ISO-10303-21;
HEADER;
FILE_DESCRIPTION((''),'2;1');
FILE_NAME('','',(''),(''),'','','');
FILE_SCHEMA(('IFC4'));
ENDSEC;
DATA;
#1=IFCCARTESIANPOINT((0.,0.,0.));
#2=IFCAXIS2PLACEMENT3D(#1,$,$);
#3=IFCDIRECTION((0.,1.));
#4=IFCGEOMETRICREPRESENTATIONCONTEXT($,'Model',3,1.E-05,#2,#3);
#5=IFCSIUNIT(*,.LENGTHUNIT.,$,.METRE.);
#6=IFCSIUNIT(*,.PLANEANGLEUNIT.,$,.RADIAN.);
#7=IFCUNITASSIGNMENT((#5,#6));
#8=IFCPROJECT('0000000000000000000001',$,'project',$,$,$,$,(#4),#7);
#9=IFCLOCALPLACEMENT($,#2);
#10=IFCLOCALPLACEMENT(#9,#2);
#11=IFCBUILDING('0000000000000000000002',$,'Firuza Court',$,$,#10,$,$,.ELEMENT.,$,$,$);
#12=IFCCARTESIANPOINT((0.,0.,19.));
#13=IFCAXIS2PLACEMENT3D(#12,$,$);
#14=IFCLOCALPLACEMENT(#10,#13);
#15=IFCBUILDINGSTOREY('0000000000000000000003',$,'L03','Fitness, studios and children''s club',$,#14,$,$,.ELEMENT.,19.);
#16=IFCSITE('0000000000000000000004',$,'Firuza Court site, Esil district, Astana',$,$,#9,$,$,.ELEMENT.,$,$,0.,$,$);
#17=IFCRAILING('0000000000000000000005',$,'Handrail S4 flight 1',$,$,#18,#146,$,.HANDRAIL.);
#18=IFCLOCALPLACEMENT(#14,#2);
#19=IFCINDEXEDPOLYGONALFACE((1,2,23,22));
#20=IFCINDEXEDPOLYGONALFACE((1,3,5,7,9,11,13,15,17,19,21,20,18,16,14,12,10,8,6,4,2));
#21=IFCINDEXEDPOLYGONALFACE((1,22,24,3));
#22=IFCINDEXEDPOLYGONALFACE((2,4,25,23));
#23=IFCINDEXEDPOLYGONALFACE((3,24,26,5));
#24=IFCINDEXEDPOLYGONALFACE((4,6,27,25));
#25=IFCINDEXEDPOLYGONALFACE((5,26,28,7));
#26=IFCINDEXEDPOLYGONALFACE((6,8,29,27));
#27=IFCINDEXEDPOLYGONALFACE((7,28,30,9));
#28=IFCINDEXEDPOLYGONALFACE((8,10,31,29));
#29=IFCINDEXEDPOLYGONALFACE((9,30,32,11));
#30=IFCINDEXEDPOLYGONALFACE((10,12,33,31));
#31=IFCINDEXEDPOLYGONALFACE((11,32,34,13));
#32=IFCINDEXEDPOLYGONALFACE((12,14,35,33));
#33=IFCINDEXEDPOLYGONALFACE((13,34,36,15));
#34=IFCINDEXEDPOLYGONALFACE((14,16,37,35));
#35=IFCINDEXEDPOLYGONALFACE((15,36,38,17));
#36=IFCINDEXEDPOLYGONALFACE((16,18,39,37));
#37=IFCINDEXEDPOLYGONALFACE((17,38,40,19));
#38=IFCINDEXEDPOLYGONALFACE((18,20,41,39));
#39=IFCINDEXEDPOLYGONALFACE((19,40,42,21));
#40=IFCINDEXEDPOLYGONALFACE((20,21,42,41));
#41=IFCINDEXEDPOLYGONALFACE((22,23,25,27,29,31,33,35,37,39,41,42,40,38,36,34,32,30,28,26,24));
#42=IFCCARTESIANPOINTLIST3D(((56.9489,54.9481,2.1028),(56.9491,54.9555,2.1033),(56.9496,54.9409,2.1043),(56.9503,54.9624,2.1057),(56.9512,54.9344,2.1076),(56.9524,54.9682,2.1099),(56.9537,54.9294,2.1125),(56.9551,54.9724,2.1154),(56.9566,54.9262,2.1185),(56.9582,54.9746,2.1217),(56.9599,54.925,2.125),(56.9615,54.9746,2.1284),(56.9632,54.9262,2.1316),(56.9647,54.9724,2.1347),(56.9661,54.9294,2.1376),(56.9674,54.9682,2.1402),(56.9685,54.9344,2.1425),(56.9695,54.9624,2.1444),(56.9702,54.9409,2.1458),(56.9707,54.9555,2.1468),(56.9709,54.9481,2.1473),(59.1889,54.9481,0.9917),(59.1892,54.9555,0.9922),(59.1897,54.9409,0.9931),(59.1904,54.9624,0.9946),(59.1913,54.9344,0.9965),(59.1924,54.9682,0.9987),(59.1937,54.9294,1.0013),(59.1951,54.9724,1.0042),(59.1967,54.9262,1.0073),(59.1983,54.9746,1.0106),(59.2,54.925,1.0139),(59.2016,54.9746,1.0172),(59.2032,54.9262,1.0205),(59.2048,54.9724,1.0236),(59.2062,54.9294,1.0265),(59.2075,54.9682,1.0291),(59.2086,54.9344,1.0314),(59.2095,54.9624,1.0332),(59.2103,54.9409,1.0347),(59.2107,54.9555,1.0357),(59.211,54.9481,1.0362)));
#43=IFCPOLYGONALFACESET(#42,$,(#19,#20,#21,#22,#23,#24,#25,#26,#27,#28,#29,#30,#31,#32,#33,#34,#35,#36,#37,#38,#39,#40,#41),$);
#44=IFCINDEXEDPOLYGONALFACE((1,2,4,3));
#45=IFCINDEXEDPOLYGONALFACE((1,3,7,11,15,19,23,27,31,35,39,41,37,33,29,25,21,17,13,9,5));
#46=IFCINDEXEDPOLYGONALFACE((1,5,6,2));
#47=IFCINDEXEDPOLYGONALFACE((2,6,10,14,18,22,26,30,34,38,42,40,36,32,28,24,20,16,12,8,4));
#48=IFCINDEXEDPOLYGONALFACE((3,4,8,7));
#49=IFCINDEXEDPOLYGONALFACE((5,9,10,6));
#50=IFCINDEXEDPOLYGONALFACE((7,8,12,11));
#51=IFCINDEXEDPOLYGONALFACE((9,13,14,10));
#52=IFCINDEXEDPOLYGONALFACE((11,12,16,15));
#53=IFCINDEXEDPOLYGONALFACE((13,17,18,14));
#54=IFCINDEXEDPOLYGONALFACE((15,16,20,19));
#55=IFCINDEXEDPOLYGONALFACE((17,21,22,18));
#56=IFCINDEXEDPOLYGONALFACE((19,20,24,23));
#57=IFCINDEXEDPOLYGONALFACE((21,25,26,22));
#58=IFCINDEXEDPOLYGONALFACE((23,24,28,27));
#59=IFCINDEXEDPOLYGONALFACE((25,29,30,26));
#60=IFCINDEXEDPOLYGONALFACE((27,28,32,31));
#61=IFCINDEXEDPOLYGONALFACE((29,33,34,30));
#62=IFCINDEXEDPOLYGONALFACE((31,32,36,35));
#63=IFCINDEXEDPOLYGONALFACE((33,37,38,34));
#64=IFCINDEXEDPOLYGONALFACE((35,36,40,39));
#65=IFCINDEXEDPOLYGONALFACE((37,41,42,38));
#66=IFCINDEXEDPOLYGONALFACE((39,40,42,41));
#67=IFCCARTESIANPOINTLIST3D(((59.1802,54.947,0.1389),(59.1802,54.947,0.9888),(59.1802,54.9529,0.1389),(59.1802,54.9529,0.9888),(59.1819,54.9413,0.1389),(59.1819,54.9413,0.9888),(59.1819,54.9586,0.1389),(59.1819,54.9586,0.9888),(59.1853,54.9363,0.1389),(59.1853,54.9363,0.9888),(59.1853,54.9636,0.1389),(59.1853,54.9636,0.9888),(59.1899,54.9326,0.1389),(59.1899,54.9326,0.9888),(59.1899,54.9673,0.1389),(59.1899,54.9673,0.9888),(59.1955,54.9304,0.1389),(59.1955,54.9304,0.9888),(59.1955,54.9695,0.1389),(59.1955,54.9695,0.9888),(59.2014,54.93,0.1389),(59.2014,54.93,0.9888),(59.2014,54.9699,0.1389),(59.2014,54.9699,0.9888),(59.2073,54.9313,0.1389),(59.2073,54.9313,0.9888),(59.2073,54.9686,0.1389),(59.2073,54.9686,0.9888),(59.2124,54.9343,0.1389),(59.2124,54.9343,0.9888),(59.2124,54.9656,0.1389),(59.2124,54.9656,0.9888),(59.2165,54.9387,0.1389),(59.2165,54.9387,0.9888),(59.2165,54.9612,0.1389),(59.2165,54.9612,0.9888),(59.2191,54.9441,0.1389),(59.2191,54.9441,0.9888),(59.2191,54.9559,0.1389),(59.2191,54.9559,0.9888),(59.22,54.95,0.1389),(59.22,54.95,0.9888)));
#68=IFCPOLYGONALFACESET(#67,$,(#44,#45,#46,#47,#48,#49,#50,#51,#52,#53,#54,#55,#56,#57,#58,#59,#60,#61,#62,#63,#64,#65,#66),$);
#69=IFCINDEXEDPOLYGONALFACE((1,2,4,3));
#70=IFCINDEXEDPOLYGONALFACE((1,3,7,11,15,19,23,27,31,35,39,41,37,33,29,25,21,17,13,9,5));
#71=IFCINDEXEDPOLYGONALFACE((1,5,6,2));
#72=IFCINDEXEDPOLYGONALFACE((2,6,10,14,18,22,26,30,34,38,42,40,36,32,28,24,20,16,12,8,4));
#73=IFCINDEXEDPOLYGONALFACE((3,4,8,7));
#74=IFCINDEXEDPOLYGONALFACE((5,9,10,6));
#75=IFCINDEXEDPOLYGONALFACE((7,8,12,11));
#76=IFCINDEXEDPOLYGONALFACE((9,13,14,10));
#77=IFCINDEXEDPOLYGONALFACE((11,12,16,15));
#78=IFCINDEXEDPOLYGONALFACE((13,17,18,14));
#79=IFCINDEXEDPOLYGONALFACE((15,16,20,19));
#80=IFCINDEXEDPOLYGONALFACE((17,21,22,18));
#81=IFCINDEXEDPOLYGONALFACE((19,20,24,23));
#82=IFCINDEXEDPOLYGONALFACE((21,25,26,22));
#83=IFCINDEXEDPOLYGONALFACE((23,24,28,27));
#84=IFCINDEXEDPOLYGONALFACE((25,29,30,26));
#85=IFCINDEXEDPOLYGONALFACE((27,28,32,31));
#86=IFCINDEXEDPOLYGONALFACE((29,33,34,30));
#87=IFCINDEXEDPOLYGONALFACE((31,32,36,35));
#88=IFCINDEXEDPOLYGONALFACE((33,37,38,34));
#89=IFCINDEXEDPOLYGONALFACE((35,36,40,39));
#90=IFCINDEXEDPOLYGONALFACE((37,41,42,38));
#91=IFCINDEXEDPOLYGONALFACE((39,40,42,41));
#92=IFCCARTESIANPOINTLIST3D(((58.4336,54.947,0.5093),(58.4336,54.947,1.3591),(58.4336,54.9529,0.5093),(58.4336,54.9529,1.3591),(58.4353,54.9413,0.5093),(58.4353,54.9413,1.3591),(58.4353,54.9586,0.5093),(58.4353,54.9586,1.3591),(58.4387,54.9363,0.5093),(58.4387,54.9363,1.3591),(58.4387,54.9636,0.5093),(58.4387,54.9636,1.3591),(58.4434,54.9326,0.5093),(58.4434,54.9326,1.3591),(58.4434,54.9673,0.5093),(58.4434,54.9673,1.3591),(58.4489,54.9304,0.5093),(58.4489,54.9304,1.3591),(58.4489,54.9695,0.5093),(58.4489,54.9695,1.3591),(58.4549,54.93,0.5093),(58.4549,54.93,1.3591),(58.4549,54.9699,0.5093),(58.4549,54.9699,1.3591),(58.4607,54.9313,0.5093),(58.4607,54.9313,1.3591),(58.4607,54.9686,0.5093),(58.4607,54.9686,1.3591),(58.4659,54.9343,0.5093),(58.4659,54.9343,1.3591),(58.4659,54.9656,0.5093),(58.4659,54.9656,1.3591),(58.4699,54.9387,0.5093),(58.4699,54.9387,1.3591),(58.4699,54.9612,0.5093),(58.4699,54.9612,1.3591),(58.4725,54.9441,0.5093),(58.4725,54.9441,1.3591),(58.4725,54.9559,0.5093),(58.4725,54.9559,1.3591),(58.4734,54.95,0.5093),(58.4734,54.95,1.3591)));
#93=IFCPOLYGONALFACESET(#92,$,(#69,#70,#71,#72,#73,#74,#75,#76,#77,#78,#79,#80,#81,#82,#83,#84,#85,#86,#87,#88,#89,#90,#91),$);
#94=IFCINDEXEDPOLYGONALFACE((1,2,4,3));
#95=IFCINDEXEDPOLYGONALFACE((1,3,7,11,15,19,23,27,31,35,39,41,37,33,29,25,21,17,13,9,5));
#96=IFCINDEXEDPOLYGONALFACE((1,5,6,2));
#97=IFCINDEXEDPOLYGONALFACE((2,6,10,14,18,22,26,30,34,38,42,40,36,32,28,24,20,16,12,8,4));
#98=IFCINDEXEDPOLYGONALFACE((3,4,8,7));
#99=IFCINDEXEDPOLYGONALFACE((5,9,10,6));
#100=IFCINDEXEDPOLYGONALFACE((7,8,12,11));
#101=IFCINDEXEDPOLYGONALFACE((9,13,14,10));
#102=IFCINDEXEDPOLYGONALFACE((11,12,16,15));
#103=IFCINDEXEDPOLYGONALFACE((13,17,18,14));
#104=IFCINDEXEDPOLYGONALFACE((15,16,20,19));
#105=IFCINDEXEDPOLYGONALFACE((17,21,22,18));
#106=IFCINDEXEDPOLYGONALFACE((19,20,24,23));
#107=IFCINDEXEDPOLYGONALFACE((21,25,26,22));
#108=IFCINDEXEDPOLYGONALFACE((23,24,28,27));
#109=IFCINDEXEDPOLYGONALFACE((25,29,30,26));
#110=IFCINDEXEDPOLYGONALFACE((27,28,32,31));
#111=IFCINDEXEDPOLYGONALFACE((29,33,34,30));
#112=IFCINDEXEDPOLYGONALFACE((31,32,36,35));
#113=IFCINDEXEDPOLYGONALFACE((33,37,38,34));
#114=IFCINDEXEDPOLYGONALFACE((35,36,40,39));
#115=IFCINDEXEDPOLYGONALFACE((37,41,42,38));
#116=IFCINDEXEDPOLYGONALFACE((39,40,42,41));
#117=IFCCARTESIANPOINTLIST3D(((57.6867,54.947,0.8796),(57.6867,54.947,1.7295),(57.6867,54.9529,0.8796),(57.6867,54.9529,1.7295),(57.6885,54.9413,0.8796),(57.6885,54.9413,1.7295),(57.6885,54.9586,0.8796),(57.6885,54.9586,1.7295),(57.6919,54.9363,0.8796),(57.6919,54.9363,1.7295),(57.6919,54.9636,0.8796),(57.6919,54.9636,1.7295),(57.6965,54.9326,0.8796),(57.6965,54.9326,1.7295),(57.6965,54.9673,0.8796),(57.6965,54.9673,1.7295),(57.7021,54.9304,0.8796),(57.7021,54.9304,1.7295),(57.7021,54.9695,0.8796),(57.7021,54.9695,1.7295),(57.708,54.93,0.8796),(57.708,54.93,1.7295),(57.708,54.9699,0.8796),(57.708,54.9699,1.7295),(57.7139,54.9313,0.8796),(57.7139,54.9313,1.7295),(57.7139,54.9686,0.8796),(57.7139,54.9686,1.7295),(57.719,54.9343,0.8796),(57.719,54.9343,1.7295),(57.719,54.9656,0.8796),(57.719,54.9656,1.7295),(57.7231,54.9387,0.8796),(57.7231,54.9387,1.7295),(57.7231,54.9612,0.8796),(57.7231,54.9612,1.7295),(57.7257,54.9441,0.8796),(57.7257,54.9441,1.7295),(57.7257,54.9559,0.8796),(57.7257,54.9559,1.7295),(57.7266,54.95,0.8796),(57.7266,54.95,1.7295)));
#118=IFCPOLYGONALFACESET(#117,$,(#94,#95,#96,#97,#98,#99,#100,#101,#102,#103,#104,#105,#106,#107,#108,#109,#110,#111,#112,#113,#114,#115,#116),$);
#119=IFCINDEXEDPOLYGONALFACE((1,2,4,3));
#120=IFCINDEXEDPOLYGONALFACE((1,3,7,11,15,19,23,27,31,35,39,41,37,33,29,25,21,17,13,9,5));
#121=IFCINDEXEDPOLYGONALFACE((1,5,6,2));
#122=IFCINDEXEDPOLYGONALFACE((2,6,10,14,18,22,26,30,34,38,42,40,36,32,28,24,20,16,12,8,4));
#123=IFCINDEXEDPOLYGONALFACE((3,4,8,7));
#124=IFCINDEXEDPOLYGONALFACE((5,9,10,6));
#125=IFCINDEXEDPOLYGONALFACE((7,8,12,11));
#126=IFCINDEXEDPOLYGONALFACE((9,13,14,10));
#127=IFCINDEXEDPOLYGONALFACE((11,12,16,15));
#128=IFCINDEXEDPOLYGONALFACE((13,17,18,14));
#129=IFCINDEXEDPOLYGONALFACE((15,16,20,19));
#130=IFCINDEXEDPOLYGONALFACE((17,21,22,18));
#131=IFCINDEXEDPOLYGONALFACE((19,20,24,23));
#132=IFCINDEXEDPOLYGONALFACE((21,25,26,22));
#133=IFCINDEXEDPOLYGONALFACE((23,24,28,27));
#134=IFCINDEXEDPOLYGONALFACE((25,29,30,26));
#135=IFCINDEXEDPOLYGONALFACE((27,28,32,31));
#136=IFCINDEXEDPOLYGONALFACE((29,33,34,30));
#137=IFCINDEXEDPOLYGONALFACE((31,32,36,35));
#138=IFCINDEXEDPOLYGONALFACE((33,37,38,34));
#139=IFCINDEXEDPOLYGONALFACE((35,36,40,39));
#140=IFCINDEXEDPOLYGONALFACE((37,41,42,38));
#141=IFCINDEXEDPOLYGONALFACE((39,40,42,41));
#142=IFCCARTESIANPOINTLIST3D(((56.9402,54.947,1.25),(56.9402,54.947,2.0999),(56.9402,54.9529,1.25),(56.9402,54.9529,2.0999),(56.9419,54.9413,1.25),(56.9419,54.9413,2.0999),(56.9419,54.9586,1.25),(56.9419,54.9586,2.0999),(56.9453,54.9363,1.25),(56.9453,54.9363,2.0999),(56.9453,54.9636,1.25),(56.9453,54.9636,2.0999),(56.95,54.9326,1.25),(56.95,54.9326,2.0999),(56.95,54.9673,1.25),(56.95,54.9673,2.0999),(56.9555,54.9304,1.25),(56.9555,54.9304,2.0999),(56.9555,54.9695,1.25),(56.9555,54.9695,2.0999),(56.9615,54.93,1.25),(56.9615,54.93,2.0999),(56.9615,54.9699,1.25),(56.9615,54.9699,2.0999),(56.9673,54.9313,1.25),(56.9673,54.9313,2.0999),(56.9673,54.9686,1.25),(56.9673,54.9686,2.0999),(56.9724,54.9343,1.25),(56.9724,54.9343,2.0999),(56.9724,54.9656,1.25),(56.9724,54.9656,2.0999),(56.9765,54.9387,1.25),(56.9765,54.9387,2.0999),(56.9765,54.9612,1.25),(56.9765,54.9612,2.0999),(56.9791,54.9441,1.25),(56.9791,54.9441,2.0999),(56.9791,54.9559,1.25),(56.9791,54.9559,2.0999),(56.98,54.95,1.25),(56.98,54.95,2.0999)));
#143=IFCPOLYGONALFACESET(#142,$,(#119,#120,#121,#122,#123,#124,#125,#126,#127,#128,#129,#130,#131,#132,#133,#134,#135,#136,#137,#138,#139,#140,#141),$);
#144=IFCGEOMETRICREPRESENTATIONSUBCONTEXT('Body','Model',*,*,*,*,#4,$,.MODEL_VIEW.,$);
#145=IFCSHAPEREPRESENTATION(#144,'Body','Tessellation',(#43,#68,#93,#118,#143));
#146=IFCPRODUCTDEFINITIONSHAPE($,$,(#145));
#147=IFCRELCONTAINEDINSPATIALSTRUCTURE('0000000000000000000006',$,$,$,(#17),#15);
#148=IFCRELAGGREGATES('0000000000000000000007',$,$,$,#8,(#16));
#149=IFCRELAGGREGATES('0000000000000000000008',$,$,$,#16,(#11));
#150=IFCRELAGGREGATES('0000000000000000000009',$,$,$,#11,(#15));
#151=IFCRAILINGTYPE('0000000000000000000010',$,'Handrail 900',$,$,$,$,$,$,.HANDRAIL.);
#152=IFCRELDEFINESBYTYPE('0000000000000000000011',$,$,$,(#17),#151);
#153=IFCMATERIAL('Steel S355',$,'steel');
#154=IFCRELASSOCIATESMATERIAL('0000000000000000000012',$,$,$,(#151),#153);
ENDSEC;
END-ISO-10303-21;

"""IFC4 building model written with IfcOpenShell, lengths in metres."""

from ifc_helpers import new_model, si_unit, direction, frame, origin, origin_2d, place, context, subcontext, project, spatial, circle, extrude, material, type_object, element, save


model = new_model("IFC4")

# Units and contexts
model_context = context("Model", 3, precision=1e-05, world=origin(), true_north=direction((0.0, 1.0)))
body_context = subcontext(model_context, "Body", "Model", "MODEL_VIEW")
ifc_project = project(units=[si_unit("LENGTHUNIT", "METRE"), si_unit("PLANEANGLEUNIT", "RADIAN")], contexts=[model_context])

# Site, building, storey
site_placement = place(None, origin())
site = spatial("IfcSite", under=ifc_project, at=site_placement, Name="Firuza Court site, Esil district, Astana", CompositionType="ELEMENT", RefElevation=0.0)
building_placement = place(site_placement, origin())
building = spatial("IfcBuilding", under=site, at=building_placement, Name="Firuza Court", CompositionType="ELEMENT")
storey_placement = place(building_placement, frame((0.0, 0.0, 19.0)))
storey = spatial("IfcBuildingStorey", under=building, at=storey_placement, Name="L03", Description="Fitness, studios and children's club", CompositionType="ELEMENT", Elevation=19.0)

# Railing
ifc_material_1 = material(Name="Steel S355", Category="steel")
railing_type_1 = type_object("IfcRailingType", Name="Handrail 900", PredefinedType="HANDRAIL", material=ifc_material_1)
railing_1_placement = place(storey_placement, frame((59.2, 54.95, 0.1389)))
element("IfcRailing", 1, at=railing_1_placement, inside=storey, type_object=railing_type_1, Name="Handrail S4 flight 1", PredefinedType="HANDRAIL", context=body_context, shape_type="SweptSolid", body=[
    extrude(circle(Radius=0.0249, at=origin_2d()), frame((0.0, 0.0, 0.875), z_axis=(-0.895848, 0.0, 0.44436), x_axis=(0.0, -1.0, 0.0)), (0.0, 0.0, 1.0), 2.5005),
    extrude(circle(Radius=0.02, at=origin_2d()), origin(), (0.0, 0.0, 1.0), 0.8499),
    extrude(circle(Radius=0.02, at=origin_2d()), frame((-0.7466, 0.0, 0.3704)), (0.0, 0.0, 1.0), 0.8499),
    extrude(circle(Radius=0.02, at=origin_2d()), frame((-1.4934, 0.0, 0.7407)), (0.0, 0.0, 1.0), 0.8499),
    extrude(circle(Radius=0.02, at=origin_2d()), frame((-2.24, 0.0, 1.1111)), (0.0, 0.0, 1.0), 0.8499),
])

save(model, "model.ifc")
